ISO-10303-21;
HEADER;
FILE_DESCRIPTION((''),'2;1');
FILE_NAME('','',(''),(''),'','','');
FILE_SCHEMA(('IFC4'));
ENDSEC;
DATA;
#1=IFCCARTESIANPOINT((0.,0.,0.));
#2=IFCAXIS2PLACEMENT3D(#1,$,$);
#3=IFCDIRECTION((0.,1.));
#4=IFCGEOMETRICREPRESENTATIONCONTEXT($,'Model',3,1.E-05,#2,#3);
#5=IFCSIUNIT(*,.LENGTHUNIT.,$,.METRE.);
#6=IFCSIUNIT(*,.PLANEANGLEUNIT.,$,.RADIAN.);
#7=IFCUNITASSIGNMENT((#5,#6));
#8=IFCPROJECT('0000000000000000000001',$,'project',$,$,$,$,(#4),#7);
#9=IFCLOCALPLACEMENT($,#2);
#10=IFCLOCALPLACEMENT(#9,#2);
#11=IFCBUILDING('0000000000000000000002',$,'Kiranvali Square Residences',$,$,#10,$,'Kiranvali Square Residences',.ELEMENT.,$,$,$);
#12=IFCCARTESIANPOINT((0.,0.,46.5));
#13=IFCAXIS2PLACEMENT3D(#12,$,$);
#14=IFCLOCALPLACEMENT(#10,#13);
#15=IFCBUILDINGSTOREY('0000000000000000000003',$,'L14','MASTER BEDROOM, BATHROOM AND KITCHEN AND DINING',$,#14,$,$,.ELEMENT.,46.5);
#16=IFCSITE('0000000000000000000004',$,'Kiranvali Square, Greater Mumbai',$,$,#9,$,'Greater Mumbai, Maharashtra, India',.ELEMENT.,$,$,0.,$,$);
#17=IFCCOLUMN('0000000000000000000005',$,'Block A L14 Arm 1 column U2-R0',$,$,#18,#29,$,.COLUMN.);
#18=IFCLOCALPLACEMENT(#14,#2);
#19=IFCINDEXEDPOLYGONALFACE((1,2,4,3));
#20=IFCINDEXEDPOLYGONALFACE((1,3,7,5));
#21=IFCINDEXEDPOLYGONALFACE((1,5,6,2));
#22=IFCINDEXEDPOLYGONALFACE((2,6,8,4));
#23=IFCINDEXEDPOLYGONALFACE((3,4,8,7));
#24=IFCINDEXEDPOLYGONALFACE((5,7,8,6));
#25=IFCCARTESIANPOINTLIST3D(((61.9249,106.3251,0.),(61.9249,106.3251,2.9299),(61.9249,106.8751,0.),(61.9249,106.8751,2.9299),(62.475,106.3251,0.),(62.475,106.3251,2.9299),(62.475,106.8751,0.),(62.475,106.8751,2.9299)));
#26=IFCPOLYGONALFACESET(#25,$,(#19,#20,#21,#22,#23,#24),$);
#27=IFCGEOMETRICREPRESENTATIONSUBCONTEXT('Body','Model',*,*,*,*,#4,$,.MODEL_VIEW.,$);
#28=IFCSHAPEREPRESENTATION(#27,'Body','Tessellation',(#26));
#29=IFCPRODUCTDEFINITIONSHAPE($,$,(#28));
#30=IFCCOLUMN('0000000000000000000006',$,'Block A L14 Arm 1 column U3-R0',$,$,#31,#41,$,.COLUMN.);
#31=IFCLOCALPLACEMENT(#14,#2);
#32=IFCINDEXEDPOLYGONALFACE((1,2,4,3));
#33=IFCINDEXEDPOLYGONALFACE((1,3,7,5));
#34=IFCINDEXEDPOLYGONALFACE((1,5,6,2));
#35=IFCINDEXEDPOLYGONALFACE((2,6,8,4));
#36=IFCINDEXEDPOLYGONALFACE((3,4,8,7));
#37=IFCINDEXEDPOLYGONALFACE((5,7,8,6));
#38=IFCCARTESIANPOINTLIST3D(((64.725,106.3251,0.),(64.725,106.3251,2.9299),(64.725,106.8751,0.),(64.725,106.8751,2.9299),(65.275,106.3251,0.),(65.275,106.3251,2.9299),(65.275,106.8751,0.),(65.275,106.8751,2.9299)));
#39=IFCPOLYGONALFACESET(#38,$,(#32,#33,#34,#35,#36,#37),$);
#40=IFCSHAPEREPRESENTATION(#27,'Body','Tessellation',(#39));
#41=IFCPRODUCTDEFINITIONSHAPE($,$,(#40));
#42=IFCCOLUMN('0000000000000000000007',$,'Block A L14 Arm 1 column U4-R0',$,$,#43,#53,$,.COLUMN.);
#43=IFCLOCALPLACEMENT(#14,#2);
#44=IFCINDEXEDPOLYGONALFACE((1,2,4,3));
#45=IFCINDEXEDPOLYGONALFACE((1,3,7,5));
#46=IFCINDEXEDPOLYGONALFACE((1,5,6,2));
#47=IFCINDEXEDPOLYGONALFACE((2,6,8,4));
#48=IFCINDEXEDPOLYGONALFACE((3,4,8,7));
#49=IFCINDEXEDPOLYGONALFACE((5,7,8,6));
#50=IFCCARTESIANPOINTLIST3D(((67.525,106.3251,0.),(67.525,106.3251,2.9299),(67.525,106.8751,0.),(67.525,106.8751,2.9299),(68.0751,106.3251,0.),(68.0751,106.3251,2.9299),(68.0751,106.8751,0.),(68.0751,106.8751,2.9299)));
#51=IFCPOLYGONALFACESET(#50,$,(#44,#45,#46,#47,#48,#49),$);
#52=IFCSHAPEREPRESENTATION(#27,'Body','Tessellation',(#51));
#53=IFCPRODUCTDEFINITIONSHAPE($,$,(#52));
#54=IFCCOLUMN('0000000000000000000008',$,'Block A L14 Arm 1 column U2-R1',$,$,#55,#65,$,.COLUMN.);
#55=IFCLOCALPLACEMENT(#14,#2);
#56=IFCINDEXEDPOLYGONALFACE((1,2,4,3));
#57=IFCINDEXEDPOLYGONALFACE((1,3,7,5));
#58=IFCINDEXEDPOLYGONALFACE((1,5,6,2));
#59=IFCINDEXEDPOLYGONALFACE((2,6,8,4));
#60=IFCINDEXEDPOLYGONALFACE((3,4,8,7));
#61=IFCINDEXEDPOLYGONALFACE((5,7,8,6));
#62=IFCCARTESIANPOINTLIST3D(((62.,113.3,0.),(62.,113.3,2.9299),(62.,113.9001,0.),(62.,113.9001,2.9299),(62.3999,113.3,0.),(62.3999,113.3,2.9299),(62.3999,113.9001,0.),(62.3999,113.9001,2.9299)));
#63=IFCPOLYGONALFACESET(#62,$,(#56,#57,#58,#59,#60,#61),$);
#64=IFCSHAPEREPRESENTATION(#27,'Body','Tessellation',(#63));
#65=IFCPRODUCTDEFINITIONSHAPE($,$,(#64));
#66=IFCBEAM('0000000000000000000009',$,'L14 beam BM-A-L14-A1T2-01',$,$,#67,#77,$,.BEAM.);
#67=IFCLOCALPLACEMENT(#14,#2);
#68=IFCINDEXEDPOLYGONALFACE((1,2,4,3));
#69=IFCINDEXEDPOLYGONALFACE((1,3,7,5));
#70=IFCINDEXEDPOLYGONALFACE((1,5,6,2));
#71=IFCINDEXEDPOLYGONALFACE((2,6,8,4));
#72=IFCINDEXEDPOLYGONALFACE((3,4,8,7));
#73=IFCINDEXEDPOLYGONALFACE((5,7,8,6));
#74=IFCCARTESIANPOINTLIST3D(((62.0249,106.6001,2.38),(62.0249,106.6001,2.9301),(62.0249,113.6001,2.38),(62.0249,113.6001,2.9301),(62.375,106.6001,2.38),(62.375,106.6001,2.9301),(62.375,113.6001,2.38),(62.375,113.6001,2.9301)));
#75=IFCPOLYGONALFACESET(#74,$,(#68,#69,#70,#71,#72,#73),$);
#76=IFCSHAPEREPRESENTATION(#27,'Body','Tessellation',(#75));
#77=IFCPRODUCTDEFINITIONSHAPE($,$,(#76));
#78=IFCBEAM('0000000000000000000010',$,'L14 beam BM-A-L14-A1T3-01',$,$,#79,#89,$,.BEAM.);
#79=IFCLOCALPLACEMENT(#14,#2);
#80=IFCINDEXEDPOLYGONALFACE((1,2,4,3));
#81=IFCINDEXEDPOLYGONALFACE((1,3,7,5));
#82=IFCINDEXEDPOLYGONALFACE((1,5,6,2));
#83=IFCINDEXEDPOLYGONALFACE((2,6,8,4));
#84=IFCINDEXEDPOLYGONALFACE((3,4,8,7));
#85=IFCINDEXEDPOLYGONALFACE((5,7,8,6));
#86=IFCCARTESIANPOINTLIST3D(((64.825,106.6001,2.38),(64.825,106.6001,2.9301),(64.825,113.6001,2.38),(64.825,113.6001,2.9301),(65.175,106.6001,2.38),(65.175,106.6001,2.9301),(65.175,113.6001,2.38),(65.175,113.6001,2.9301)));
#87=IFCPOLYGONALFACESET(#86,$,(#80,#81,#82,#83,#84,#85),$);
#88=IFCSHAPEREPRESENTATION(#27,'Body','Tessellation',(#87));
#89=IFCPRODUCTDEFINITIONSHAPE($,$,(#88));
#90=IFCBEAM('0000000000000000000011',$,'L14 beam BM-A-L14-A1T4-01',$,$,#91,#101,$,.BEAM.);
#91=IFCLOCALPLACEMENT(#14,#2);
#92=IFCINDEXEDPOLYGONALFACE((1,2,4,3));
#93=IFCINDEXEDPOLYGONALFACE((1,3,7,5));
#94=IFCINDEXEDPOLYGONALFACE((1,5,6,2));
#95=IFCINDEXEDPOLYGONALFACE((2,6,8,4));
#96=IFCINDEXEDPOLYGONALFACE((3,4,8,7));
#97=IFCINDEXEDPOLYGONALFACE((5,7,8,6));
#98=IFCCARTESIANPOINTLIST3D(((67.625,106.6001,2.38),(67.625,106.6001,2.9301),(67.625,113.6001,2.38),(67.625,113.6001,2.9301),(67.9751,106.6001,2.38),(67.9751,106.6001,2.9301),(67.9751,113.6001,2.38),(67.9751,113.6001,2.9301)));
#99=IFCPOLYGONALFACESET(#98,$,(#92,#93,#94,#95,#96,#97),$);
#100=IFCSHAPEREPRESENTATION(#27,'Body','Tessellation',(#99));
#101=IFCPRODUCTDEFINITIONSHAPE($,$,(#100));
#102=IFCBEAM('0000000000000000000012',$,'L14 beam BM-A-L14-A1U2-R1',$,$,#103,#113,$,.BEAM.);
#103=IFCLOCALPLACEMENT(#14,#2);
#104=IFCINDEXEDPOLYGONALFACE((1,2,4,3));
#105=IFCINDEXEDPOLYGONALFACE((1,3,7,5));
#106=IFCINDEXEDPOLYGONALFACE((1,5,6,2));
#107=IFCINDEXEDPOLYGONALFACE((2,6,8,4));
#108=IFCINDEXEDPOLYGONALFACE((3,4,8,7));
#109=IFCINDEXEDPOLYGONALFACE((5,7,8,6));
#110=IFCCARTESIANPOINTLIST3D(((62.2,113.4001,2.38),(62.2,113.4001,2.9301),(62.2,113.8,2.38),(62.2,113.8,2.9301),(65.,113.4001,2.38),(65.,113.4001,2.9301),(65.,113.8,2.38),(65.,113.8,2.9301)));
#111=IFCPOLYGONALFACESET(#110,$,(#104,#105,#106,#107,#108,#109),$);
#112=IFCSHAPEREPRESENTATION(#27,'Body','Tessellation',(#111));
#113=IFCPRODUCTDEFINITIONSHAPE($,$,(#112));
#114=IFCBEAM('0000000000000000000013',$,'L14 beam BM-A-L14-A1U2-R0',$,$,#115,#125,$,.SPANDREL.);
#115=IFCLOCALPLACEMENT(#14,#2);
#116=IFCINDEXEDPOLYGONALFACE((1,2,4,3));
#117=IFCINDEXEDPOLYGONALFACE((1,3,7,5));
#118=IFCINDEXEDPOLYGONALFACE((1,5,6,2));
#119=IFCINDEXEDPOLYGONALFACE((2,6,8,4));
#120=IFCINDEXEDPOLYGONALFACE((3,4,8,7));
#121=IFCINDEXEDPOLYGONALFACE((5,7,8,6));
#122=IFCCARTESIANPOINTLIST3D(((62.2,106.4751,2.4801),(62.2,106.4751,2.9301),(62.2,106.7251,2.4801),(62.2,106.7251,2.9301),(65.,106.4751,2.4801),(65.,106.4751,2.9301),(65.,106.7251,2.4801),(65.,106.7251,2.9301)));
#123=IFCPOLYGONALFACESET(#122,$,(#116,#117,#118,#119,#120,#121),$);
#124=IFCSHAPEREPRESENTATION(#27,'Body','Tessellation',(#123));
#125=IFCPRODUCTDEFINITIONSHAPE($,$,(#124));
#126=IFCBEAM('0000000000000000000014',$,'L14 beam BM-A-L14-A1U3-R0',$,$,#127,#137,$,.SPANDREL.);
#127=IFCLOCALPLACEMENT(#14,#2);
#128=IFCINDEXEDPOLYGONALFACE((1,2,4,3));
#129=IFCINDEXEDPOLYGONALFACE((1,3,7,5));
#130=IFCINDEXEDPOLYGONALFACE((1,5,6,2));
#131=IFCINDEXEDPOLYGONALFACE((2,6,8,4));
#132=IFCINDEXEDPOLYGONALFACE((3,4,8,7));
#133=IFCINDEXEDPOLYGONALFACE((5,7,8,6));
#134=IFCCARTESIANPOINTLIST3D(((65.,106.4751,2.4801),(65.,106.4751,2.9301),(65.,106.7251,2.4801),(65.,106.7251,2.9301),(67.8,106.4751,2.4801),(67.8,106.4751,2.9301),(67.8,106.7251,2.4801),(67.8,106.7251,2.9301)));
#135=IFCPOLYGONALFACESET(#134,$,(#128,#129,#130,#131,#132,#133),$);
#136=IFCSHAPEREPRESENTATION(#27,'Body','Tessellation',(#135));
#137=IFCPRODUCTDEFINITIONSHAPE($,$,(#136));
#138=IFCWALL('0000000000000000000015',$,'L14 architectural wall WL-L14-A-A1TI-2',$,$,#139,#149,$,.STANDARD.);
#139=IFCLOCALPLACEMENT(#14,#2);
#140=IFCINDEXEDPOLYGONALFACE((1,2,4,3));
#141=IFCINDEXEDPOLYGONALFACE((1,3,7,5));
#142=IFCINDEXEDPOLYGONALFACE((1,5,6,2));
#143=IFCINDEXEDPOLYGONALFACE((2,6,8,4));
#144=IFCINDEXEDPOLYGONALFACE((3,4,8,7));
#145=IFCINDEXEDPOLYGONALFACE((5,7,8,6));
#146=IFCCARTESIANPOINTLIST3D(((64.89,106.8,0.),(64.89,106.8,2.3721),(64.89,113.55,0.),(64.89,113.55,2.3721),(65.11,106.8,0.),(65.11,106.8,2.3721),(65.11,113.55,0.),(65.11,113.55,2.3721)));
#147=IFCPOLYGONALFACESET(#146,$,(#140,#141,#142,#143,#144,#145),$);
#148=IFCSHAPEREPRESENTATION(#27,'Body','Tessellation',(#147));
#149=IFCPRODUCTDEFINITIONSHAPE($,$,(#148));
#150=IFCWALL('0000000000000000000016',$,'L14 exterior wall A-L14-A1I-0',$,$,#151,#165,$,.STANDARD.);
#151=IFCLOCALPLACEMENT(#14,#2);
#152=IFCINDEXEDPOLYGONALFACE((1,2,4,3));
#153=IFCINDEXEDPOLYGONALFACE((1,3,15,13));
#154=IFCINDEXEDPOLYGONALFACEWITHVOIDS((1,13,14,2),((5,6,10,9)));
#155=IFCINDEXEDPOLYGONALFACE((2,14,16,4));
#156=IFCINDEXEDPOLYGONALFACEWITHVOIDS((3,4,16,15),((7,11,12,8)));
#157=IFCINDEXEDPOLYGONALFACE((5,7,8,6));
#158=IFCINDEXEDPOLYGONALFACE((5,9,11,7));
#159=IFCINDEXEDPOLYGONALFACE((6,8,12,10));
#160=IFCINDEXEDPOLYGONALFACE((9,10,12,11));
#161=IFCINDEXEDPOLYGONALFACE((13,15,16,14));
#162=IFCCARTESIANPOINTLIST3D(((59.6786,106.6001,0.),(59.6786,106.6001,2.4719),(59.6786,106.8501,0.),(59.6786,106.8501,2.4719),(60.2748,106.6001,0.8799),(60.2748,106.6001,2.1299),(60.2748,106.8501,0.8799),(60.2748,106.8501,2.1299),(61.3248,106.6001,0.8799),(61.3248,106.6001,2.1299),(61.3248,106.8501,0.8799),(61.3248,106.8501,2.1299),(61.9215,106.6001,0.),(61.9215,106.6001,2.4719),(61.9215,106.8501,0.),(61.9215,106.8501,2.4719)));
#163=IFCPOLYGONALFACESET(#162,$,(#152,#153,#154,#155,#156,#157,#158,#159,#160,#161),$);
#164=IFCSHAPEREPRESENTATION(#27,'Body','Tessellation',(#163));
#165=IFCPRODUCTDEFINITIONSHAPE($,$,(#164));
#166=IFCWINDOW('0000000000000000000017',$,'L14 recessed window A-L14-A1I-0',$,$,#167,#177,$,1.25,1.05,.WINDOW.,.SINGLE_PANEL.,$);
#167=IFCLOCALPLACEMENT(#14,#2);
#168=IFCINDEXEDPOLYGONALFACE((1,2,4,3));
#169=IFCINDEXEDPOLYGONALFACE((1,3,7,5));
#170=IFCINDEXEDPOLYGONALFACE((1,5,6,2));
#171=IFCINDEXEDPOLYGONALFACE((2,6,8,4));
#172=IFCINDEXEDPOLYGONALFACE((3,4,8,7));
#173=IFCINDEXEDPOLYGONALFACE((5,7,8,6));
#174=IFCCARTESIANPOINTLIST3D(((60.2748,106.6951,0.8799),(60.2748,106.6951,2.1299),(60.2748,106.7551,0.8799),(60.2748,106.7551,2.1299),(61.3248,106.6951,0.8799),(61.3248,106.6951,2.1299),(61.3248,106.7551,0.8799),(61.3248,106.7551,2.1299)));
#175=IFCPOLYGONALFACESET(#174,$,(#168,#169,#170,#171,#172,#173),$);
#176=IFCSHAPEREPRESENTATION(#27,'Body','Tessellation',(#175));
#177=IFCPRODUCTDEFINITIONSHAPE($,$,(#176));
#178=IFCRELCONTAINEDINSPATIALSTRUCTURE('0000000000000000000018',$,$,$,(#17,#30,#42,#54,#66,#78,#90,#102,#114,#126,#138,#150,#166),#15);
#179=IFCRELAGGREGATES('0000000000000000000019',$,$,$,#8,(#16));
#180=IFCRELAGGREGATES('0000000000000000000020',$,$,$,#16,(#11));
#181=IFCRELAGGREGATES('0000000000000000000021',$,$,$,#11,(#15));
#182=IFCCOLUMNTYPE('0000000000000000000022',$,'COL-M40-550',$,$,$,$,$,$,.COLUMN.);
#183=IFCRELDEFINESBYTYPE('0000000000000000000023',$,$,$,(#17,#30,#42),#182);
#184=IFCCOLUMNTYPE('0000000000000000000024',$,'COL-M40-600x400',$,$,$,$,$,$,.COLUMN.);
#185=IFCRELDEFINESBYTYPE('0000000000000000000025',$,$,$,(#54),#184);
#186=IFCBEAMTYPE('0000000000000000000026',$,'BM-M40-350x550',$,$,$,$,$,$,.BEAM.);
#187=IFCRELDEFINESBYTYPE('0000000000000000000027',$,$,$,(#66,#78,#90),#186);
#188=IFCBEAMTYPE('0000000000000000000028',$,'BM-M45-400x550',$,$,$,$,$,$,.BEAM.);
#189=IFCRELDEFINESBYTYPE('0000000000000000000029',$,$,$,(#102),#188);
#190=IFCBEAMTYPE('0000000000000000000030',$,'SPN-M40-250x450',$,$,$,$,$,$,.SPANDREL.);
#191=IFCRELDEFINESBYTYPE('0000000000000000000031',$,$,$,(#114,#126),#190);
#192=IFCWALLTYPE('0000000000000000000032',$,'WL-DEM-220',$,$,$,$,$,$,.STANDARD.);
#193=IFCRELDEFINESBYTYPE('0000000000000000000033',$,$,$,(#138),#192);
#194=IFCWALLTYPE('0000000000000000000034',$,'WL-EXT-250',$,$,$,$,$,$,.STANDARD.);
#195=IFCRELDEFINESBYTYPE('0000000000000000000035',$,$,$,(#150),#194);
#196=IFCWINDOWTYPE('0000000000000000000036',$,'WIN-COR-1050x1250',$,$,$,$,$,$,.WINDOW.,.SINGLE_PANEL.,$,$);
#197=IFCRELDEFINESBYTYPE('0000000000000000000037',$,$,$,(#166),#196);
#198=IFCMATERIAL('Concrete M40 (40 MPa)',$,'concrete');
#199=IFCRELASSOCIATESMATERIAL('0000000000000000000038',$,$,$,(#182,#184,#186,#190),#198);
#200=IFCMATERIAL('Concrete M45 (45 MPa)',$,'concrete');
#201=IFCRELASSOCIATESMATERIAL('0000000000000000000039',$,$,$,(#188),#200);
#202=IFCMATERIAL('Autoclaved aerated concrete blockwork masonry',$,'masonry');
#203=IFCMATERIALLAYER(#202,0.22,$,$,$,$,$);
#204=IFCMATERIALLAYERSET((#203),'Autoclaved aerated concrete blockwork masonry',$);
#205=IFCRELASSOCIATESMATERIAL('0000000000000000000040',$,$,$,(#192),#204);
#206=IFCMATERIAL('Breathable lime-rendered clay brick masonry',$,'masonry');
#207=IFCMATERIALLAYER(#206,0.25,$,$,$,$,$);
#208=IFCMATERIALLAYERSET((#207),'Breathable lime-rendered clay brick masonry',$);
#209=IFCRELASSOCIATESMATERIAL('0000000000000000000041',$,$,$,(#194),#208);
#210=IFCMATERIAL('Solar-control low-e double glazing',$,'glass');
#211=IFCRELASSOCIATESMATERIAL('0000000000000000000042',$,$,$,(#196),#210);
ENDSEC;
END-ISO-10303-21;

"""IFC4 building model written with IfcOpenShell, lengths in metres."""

from ifc_helpers import new_model, si_unit, direction, frame, frame_2d, origin, origin_2d, place, context, subcontext, project, spatial, rectangle, extrude, material, layer, layer_set, material_profile, profile_set, type_object, element, fill, save


model = new_model("IFC4")

# Units and contexts
model_context = context("Model", 3, precision=1e-05, world=origin(), true_north=direction((0.0, 1.0)))
body_context = subcontext(model_context, "Body", "Model", "MODEL_VIEW")
ifc_project = project(units=[si_unit("LENGTHUNIT", "METRE"), si_unit("PLANEANGLEUNIT", "RADIAN")], contexts=[model_context])

# Site, building, storey
site_placement = place(None, origin())
site = spatial("IfcSite", under=ifc_project, at=site_placement, Name="Kiranvali Square, Greater Mumbai", LongName="Greater Mumbai, Maharashtra, India", CompositionType="ELEMENT", RefElevation=0.0)
building_placement = place(site_placement, origin())
building = spatial("IfcBuilding", under=site, at=building_placement, Name="Kiranvali Square Residences", LongName="Kiranvali Square Residences", CompositionType="ELEMENT")
storey_placement = place(building_placement, frame((0.0, 0.0, 46.5)))
storey = spatial("IfcBuildingStorey", under=building, at=storey_placement, Name="L14", Description="MASTER BEDROOM, BATHROOM AND KITCHEN AND DINING", CompositionType="ELEMENT", Elevation=46.5)

# Columns
ifc_material_1 = material(Name="Concrete M40 (40 MPa)", Category="concrete")
ifc_material_profile_1 = material_profile(ifc_material_1, rectangle(XDim=0.55, YDim=0.55, at=origin_2d()), Name="RC 550x550")
ifc_profile_set_1 = profile_set([ifc_material_profile_1], Name="Concrete M40 (40 MPa)")
column_type_1 = type_object("IfcColumnType", Name="COL-M40-550", PredefinedType="COLUMN", material=ifc_profile_set_1)
for number, where, z_axis, x_axis, name in (
    (1, (62.2, 106.6001, 0.0), (0.0, 0.0, 1.0), (1.0, 0.0, 0.0), "Block A L14 Arm 1 column U2-R0"),
    (2, (65.0, 106.6001, 0.0), (0.0, 0.0, 1.0), (1.0, 0.0, 0.0), "Block A L14 Arm 1 column U3-R0"),
    (3, (67.8, 106.6001, 0.0), (0.0, 0.0, 1.0), (1.0, 0.0, 0.0), "Block A L14 Arm 1 column U4-R0"),
):
    element("IfcColumn", number, at=place(storey_placement, frame(where, z_axis=z_axis, x_axis=x_axis)), inside=storey, type_object=column_type_1, Name=name, PredefinedType="COLUMN", context=body_context, shape_type="SweptSolid", body=[
        extrude(rectangle(XDim=0.55, YDim=0.55, at=origin_2d()), origin(), (0.0, 0.0, 1.0), 2.9299),
    ])
ifc_material_profile_2 = material_profile(ifc_material_1, rectangle(XDim=0.3999, YDim=0.6001, at=origin_2d()), Name="RC 600x400")
ifc_profile_set_2 = profile_set([ifc_material_profile_2], Name="Concrete M40 (40 MPa)")
column_type_2 = type_object("IfcColumnType", Name="COL-M40-600x400", PredefinedType="COLUMN", material=ifc_profile_set_2)
column_placement = place(storey_placement, frame((62.2, 113.6001, 0.0), z_axis=(0.0, 0.0, 1.0), x_axis=(1.0, 0.0, 0.0)))
element("IfcColumn", 4, at=column_placement, inside=storey, type_object=column_type_2, Name="Block A L14 Arm 1 column U2-R1", PredefinedType="COLUMN", context=body_context, shape_type="SweptSolid", body=[
    extrude(rectangle(XDim=0.3999, YDim=0.6001, at=origin_2d()), origin(), (0.0, 0.0, 1.0), 2.9299),
])

# Beams
ifc_material_profile_3 = material_profile(ifc_material_1, rectangle(XDim=0.3501, YDim=0.55, at=origin_2d()), Name="RC 350x550")
ifc_profile_set_3 = profile_set([ifc_material_profile_3], Name="Concrete M40 (40 MPa)")
beam_type_1 = type_object("IfcBeamType", Name="BM-M40-350x550", PredefinedType="BEAM", material=ifc_profile_set_3)
for number, where, z_axis, x_axis, name in (
    (5, (62.2, 106.6001, 2.655), (0.0, 1.0, 0.0), (-1.0, 0.0, 0.0), "L14 beam BM-A-L14-A1T2-01"),
    (6, (65.0, 106.6001, 2.655), (0.0, 1.0, 0.0), (-1.0, 0.0, 0.0), "L14 beam BM-A-L14-A1T3-01"),
    (7, (67.8, 106.6001, 2.655), (0.0, 1.0, 0.0), (-1.0, 0.0, 0.0), "L14 beam BM-A-L14-A1T4-01"),
):
    element("IfcBeam", number, at=place(storey_placement, frame(where, z_axis=z_axis, x_axis=x_axis)), inside=storey, type_object=beam_type_1, Name=name, PredefinedType="BEAM", context=body_context, shape_type="SweptSolid", body=[
        extrude(rectangle(XDim=0.3501, YDim=0.55, at=origin_2d()), origin(), (0.0, 0.0, 1.0), 7.0),
    ])
ifc_material_2 = material(Name="Concrete M45 (45 MPa)", Category="concrete")
ifc_material_profile_4 = material_profile(ifc_material_2, rectangle(XDim=0.3999, YDim=0.55, at=origin_2d()), Name="RC 400x550")
ifc_profile_set_4 = profile_set([ifc_material_profile_4], Name="Concrete M45 (45 MPa)")
beam_type_2 = type_object("IfcBeamType", Name="BM-M45-400x550", PredefinedType="BEAM", material=ifc_profile_set_4)
beam_placement = place(storey_placement, frame((62.2, 113.6001, 2.655), z_axis=(1.0, 0.0, 0.0), x_axis=(0.0, 1.0, 0.0)))
element("IfcBeam", 8, at=beam_placement, inside=storey, type_object=beam_type_2, Name="L14 beam BM-A-L14-A1U2-R1", PredefinedType="BEAM", context=body_context, shape_type="SweptSolid", body=[
    extrude(rectangle(XDim=0.3999, YDim=0.55, at=origin_2d()), origin(), (0.0, 0.0, 1.0), 2.8),
])
ifc_material_profile_5 = material_profile(ifc_material_1, rectangle(XDim=0.25, YDim=0.45, at=origin_2d()), Name="RC 250x450")
ifc_profile_set_5 = profile_set([ifc_material_profile_5], Name="Concrete M40 (40 MPa)")
beam_type_3 = type_object("IfcBeamType", Name="SPN-M40-250x450", PredefinedType="SPANDREL", material=ifc_profile_set_5)
for number, where, z_axis, x_axis, name in (
    (9, (62.2, 106.6001, 2.7051), (1.0, 0.0, 0.0), (0.0, 1.0, 0.0), "L14 beam BM-A-L14-A1U2-R0"),
    (10, (65.0, 106.6001, 2.7051), (1.0, 0.0, 0.0), (0.0, 1.0, 0.0), "L14 beam BM-A-L14-A1U3-R0"),
):
    element("IfcBeam", number, at=place(storey_placement, frame(where, z_axis=z_axis, x_axis=x_axis)), inside=storey, type_object=beam_type_3, Name=name, PredefinedType="SPANDREL", context=body_context, shape_type="SweptSolid", body=[
        extrude(rectangle(XDim=0.25, YDim=0.45, at=origin_2d()), origin(), (0.0, 0.0, 1.0), 2.8),
    ])

# Wall
ifc_material_3 = material(Name="Autoclaved aerated concrete blockwork masonry", Category="masonry")
ifc_layer_1 = layer(ifc_material_3, 0.22)
ifc_layer_set_1 = layer_set([ifc_layer_1], Name="Autoclaved aerated concrete blockwork masonry")
wall_type_1 = type_object("IfcWallType", Name="WL-DEM-220", PredefinedType="STANDARD", material=ifc_layer_set_1)
wall_1_placement = place(storey_placement, frame((65.0, 106.8, 0.0), z_axis=(0.0, 0.0, 1.0), x_axis=(0.0, 1.0, 0.0)))
element("IfcWall", 11, at=wall_1_placement, inside=storey, type_object=wall_type_1, Name="L14 architectural wall WL-L14-A-A1TI-2", PredefinedType="STANDARD", context=body_context, shape_type="SweptSolid", body=[
    extrude(rectangle(XDim=6.75, YDim=0.22, at=frame_2d((3.375, 0.0))), origin(), (0.0, 0.0, 1.0), 2.3721),
])

# Wall, opening, window
ifc_material_4 = material(Name="Breathable lime-rendered clay brick masonry", Category="masonry")
ifc_layer_2 = layer(ifc_material_4, 0.25)
ifc_layer_set_2 = layer_set([ifc_layer_2], Name="Breathable lime-rendered clay brick masonry")
wall_type_2 = type_object("IfcWallType", Name="WL-EXT-250", PredefinedType="STANDARD", material=ifc_layer_set_2)
wall_2_placement = place(storey_placement, frame((59.6785, 106.7251, 0.0), z_axis=(0.0, 0.0, 1.0), x_axis=(1.0, 0.0, 0.0)))
wall_2 = element("IfcWall", 12, at=wall_2_placement, inside=storey, type_object=wall_type_2, Name="L14 exterior wall A-L14-A1I-0", PredefinedType="STANDARD", context=body_context, shape_type="SweptSolid", body=[
    extrude(rectangle(XDim=2.2429, YDim=0.25, at=frame_2d((1.1216, 0.0))), origin(), (0.0, 0.0, 1.0), 2.4719),
])
opening_1_placement = place(wall_2_placement, frame((0.5964, 0.0, 0.8799)))
opening_1 = element("IfcOpeningElement", 13, at=opening_1_placement, cuts=wall_2, PredefinedType="OPENING", context=body_context, shape_type="SweptSolid", body=[
    extrude(rectangle(XDim=1.05, YDim=1.25, at=frame_2d((0.5249, 0.625))), frame((0.0, 0.135, 0.0), z_axis=(0.0, -1.0, 0.0), x_axis=(1.0, 0.0, 0.0)), (0.0, 0.0, 1.0), 0.27),
])
ifc_material_5 = material(Name="Solar-control low-e double glazing", Category="glass")
window_type_1 = type_object("IfcWindowType", Name="WIN-COR-1050x1250", PartitioningType="SINGLE_PANEL", PredefinedType="WINDOW", material=ifc_material_5)
window_1_placement = place(opening_1_placement, origin())
window_1 = element("IfcWindow", 14, at=window_1_placement, inside=storey, type_object=window_type_1, Name="L14 recessed window A-L14-A1I-0", OverallHeight=1.25, OverallWidth=1.05, PartitioningType="SINGLE_PANEL", PredefinedType="WINDOW", context=body_context, shape_type="SweptSolid", body=[
    extrude(rectangle(XDim=1.05, YDim=1.25, at=frame_2d((0.5249, 0.625))), frame((0.0, 0.03, 0.0), z_axis=(0.0, -1.0, 0.0), x_axis=(1.0, 0.0, 0.0)), (0.0, 0.0, 1.0), 0.0601),
])
fill(opening_1, window_1)

save(model, "model.ifc")
